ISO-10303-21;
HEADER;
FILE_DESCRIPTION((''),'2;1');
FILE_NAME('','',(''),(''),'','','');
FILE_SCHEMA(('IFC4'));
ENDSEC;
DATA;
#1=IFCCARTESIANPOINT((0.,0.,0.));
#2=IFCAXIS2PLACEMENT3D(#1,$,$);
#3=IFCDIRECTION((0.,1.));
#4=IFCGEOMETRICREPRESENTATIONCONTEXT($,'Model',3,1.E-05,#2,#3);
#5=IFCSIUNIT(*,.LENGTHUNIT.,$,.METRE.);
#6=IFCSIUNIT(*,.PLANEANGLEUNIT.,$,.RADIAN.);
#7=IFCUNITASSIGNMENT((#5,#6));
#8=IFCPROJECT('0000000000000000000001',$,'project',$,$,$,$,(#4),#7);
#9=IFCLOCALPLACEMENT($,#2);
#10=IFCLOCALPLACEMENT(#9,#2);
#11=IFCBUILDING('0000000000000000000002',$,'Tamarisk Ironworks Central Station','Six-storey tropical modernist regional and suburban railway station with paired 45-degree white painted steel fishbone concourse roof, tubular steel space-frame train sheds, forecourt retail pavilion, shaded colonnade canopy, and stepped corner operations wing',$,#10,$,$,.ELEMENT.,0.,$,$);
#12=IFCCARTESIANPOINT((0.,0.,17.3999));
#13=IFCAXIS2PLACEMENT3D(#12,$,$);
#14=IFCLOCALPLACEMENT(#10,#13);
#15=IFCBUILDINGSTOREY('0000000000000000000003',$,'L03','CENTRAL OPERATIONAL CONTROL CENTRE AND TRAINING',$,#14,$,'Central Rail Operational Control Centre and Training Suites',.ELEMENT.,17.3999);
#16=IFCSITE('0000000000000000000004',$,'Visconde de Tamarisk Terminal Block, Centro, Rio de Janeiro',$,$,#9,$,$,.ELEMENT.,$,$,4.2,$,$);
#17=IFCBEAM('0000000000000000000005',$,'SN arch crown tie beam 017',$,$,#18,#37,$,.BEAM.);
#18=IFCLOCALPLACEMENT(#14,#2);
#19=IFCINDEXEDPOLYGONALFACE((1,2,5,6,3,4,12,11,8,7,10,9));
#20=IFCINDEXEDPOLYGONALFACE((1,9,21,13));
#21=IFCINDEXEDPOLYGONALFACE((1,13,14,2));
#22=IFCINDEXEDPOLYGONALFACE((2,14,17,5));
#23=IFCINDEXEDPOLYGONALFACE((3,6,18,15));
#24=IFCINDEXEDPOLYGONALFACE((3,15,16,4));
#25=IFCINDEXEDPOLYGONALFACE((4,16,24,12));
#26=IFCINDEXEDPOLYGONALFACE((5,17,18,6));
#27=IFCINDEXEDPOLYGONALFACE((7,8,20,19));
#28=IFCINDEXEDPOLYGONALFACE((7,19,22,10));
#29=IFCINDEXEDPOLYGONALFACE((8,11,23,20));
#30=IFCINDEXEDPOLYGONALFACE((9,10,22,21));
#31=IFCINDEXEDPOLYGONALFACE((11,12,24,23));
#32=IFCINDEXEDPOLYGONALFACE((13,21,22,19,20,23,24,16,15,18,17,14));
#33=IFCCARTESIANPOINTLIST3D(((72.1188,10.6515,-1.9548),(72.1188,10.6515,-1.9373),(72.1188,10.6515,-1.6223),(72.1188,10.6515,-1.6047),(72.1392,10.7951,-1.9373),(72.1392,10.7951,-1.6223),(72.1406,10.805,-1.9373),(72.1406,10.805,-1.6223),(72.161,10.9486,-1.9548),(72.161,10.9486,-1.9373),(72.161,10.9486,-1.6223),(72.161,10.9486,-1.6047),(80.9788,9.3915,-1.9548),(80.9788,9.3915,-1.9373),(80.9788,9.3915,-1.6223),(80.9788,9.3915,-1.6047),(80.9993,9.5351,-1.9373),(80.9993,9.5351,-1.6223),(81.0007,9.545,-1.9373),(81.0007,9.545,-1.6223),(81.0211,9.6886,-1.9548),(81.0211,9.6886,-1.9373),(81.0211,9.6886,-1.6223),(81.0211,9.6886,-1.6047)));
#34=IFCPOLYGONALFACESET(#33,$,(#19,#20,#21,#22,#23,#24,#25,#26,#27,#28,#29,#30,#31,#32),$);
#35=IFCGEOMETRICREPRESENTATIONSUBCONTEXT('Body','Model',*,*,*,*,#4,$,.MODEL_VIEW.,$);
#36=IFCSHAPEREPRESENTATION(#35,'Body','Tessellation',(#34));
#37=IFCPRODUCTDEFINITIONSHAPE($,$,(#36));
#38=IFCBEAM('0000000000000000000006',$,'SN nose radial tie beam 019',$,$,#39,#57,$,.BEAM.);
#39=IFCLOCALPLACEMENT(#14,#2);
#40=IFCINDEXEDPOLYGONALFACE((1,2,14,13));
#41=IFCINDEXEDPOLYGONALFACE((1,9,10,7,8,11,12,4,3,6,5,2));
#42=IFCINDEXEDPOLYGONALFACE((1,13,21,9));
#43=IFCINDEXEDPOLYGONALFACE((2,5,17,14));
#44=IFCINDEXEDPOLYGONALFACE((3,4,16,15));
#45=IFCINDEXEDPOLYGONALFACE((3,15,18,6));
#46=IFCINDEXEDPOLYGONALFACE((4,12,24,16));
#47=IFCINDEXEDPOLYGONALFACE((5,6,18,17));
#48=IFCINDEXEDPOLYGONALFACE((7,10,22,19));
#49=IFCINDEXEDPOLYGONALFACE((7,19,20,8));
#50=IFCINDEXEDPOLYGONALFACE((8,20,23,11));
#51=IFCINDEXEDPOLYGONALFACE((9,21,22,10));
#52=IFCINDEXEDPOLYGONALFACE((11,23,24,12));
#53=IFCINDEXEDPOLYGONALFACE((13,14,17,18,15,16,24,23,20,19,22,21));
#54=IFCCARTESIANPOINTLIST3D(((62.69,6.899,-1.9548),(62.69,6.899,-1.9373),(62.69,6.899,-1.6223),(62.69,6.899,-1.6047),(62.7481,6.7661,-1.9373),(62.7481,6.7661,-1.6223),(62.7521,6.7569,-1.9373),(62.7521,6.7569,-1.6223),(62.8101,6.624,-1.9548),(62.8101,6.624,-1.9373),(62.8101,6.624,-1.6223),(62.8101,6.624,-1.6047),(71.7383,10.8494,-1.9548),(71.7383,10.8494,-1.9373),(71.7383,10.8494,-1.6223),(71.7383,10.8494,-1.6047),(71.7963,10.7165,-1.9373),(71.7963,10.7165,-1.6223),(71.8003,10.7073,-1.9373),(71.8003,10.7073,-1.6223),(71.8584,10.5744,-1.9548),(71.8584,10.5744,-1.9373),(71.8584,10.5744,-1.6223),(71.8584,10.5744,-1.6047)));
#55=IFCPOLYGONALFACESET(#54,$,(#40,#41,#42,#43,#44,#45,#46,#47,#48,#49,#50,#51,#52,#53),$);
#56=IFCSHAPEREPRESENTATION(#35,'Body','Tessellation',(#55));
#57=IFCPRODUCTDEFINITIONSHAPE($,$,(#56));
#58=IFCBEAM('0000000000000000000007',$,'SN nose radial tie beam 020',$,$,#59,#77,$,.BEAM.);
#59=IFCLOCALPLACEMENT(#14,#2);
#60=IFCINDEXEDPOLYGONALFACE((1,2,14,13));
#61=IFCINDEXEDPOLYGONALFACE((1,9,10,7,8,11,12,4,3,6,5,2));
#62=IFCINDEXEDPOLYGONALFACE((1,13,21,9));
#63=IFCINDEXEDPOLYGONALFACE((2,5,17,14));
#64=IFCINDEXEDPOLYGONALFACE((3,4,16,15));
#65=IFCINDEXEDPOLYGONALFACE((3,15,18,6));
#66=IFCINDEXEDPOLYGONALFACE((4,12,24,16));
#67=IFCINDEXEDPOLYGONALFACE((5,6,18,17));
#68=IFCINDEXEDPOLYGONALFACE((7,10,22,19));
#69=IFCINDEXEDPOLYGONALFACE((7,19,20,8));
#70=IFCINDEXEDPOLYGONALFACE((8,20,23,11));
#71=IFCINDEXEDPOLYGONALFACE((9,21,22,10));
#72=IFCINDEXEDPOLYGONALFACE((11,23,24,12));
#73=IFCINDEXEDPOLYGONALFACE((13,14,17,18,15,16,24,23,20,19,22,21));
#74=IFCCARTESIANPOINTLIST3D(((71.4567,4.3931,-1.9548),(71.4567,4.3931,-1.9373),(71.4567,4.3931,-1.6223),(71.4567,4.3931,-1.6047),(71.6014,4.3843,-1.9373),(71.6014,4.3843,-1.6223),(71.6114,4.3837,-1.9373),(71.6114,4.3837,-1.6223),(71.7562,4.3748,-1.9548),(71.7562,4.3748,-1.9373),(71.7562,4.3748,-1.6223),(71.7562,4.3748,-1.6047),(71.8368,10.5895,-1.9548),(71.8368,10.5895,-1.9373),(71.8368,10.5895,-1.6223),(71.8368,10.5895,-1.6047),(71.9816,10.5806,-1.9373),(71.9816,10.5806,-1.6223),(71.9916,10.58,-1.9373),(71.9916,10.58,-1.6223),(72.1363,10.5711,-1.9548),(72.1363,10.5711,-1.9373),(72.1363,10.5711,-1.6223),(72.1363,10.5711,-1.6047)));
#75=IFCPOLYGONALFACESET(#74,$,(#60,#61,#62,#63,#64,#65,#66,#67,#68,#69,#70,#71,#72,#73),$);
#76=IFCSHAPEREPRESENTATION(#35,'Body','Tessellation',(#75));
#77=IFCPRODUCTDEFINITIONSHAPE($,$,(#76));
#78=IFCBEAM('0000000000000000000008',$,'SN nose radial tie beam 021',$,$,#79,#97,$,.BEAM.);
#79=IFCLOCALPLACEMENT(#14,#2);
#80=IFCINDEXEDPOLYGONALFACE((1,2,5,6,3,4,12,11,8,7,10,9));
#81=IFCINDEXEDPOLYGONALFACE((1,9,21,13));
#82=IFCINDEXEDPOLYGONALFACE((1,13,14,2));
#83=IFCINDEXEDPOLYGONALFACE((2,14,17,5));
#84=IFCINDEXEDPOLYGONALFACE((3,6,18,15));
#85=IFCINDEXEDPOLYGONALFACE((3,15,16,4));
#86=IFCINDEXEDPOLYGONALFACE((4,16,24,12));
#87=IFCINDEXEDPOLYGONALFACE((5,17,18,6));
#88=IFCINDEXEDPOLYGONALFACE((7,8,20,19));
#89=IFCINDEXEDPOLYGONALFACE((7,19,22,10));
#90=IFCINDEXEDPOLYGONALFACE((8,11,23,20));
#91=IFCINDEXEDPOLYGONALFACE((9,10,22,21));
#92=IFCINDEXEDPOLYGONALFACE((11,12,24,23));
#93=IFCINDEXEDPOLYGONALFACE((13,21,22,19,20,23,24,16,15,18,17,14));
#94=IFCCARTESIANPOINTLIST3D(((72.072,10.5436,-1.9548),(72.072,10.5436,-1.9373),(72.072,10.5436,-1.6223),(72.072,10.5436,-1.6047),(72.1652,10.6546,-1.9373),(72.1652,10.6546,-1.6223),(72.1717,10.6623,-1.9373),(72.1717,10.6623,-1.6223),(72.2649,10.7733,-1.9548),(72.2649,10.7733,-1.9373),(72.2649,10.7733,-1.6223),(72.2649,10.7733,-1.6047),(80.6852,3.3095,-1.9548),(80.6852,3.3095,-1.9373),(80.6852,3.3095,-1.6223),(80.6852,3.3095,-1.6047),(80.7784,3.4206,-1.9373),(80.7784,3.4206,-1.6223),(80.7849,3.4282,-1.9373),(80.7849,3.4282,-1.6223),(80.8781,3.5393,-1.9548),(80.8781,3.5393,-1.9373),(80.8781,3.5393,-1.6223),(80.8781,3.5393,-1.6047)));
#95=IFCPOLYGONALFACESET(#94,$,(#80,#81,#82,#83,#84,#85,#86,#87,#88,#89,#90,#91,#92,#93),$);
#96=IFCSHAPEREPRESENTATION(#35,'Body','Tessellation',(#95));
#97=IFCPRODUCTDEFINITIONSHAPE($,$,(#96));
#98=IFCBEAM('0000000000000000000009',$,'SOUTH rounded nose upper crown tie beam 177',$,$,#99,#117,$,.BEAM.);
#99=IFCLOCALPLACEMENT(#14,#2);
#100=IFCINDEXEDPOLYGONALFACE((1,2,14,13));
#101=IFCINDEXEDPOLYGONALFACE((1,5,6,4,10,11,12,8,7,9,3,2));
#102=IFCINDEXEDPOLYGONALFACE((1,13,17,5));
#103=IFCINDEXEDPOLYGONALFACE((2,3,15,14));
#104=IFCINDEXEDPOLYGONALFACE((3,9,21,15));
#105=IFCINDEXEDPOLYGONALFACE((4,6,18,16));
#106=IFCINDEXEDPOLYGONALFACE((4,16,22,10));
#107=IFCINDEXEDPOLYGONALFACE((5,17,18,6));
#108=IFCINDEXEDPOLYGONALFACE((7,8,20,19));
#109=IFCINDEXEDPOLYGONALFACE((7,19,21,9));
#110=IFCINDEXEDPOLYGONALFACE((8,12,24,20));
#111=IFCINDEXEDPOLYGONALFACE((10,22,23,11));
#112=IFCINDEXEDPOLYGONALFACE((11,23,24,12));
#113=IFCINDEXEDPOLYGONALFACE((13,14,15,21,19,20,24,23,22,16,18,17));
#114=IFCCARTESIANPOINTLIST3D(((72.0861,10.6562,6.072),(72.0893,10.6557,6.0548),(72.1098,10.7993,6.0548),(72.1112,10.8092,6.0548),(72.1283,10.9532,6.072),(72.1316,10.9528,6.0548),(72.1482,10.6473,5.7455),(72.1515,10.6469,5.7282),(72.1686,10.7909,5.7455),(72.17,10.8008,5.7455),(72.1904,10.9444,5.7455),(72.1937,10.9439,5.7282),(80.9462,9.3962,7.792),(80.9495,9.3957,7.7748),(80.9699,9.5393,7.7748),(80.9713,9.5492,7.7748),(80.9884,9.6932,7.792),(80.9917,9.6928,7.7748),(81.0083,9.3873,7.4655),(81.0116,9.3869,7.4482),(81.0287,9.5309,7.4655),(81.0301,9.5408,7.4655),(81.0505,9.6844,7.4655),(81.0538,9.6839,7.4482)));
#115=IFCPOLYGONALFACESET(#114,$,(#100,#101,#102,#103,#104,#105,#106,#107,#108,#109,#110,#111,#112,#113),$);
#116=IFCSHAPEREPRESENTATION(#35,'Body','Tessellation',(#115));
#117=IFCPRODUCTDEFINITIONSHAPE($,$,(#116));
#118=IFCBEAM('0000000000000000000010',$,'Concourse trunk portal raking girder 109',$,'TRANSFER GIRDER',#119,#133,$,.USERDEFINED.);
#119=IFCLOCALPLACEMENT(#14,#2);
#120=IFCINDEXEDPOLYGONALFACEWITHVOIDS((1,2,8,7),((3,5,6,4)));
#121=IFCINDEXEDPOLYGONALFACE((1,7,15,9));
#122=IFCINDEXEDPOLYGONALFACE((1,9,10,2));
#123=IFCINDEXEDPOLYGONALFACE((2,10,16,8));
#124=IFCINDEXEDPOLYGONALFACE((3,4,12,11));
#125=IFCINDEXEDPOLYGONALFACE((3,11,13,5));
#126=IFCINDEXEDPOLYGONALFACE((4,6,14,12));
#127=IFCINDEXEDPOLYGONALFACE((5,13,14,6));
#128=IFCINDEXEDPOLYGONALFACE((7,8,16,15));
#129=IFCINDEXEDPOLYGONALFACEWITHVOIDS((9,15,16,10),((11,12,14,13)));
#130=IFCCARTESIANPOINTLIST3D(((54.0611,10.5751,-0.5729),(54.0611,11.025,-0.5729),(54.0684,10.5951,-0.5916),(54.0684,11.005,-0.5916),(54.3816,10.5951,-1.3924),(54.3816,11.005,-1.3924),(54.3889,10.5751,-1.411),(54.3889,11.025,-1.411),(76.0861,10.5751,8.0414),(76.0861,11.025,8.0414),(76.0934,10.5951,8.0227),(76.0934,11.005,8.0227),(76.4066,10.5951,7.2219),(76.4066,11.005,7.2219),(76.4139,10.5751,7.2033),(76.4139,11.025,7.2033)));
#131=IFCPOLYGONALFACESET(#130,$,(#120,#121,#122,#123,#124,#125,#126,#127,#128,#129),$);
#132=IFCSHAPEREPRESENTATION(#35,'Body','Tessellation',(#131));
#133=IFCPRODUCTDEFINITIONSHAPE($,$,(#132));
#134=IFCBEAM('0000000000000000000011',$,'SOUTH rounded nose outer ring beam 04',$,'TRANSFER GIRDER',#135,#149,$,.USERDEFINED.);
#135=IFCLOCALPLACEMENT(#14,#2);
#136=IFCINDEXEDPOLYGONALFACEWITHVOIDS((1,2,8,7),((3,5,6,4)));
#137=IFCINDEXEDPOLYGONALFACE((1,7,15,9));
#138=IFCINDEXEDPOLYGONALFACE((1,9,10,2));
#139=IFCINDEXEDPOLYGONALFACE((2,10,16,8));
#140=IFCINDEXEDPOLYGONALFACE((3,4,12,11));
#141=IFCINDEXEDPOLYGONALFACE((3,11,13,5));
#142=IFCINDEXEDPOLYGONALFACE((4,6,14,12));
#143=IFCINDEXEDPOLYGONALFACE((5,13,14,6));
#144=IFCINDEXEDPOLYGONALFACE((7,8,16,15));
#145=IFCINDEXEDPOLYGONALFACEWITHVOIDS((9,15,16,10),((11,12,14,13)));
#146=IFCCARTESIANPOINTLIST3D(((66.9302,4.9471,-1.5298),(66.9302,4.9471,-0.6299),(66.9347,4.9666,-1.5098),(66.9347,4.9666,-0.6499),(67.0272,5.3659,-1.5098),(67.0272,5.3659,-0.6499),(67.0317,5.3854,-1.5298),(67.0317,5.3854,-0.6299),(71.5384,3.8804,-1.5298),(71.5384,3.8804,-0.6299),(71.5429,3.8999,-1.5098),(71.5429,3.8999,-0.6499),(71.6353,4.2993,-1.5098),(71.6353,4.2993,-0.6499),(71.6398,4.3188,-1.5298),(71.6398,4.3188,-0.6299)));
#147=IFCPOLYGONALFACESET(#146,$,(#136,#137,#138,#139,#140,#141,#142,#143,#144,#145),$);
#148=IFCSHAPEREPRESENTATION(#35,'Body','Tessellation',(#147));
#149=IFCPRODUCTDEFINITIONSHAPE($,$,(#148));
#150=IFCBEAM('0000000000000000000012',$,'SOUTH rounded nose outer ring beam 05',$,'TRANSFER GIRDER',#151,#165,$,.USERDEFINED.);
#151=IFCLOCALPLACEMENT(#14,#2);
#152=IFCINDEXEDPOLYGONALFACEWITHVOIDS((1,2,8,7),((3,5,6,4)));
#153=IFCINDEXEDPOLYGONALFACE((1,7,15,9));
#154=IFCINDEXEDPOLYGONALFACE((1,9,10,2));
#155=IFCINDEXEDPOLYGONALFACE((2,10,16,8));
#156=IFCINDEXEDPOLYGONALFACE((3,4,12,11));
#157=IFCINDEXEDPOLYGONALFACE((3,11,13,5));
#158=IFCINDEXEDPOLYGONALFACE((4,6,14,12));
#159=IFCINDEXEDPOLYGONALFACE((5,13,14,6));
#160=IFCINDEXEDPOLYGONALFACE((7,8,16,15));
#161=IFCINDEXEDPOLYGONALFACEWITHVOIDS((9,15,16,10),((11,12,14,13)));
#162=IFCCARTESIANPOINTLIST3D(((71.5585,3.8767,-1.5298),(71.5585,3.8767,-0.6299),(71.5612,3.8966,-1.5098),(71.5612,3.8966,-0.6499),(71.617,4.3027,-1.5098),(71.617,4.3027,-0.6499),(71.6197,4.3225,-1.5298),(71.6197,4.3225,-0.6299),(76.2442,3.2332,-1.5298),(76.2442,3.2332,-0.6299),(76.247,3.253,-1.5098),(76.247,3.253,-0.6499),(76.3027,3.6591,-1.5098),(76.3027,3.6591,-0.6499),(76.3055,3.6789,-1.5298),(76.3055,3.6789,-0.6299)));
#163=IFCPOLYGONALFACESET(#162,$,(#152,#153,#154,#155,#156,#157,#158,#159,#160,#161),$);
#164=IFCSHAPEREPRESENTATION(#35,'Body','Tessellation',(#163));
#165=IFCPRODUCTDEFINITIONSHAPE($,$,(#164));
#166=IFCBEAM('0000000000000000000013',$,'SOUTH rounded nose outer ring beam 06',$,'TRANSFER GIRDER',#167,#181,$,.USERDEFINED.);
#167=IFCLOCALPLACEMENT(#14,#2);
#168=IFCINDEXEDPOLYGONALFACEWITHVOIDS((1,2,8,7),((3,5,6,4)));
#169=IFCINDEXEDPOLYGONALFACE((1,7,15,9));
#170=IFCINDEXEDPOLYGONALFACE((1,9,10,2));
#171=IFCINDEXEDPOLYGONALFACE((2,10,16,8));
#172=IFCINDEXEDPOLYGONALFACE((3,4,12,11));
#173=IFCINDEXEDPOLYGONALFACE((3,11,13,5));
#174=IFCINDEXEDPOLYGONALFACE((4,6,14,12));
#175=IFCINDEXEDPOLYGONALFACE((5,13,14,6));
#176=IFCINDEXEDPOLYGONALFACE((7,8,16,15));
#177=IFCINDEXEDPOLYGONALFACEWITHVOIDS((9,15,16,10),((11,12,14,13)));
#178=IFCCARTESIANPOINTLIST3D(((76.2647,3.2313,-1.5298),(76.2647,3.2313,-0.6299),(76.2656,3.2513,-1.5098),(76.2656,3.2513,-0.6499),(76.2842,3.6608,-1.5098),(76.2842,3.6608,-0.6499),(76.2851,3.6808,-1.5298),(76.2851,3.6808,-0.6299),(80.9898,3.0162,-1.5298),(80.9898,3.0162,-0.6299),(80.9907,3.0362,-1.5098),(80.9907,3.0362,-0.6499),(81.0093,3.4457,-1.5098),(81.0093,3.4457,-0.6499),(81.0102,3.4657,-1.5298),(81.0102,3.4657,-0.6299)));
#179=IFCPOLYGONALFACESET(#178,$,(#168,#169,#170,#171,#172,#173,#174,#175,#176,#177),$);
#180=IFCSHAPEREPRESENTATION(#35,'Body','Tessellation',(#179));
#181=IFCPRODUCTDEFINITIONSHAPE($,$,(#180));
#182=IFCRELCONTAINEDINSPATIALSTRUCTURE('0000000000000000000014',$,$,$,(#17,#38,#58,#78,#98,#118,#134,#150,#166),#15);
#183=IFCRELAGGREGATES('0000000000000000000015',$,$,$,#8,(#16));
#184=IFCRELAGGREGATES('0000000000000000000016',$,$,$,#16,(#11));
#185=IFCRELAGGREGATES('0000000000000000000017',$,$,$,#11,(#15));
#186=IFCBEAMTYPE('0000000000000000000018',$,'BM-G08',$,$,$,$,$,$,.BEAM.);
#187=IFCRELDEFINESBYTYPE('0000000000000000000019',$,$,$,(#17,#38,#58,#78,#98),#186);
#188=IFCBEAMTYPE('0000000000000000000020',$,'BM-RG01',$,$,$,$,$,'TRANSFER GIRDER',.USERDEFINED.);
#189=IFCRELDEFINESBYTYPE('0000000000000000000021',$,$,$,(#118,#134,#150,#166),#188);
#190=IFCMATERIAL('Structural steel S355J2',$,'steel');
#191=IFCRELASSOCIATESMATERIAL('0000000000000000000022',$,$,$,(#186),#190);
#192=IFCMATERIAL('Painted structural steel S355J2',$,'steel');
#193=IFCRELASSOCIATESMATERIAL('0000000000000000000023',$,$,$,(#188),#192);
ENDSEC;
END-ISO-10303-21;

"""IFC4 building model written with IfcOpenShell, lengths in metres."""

from ifc_helpers import new_model, si_unit, direction, frame, origin, origin_2d, place, context, subcontext, project, spatial, hollow_rectangle, i_section, extrude, material, material_profile, profile_set, type_object, element, save


model = new_model("IFC4")

# Units and contexts
model_context = context("Model", 3, precision=1e-05, world=origin(), true_north=direction((0.0, 1.0)))
body_context = subcontext(model_context, "Body", "Model", "MODEL_VIEW")
ifc_project = project(units=[si_unit("LENGTHUNIT", "METRE"), si_unit("PLANEANGLEUNIT", "RADIAN")], contexts=[model_context])

# Site, building, storey
site_placement = place(None, origin())
site = spatial("IfcSite", under=ifc_project, at=site_placement, Name="Visconde de Tamarisk Terminal Block, Centro, Rio de Janeiro", CompositionType="ELEMENT", RefElevation=4.2)
building_placement = place(site_placement, origin())
building = spatial("IfcBuilding", under=site, at=building_placement, Name="Tamarisk Ironworks Central Station", Description="Six-storey tropical modernist regional and suburban railway station with paired 45-degree white painted steel fishbone concourse roof, tubular steel space-frame train sheds, forecourt retail pavilion, shaded colonnade canopy, and stepped corner operations wing", CompositionType="ELEMENT", ElevationOfRefHeight=0.0)
storey_placement = place(building_placement, frame((0.0, 0.0, 17.3999)))
storey = spatial("IfcBuildingStorey", under=building, at=storey_placement, Name="L03", Description="CENTRAL OPERATIONAL CONTROL CENTRE AND TRAINING", LongName="Central Rail Operational Control Centre and Training Suites", CompositionType="ELEMENT", Elevation=17.3999)

# Shared definitions
ifc_material_1 = material(Name="Structural steel S355J2", Category="steel")

# Beams
ifc_material_2 = material(Name="Painted structural steel S355J2", Category="steel")
ifc_material_profile_1 = material_profile(ifc_material_1, i_section(OverallWidth=0.3, OverallDepth=0.3501, WebThickness=0.01, FlangeThickness=0.0176, at=origin_2d()), Name="HEA 360")
ifc_profile_set_1 = profile_set([ifc_material_profile_1], Name="Structural steel S355J2")
beam_type_1 = type_object("IfcBeamType", Name="BM-G08", PredefinedType="BEAM", material=ifc_profile_set_1)
beam_1_placement = place(storey_placement, frame((72.1399, 10.8, -1.7798), z_axis=(0.990039, -0.140795, 0.0), x_axis=(0.140795, 0.990039, 0.0)))
element("IfcBeam", 1, at=beam_1_placement, inside=storey, type_object=beam_type_1, Name="SN arch crown tie beam 017", PredefinedType="BEAM", context=body_context, shape_type="SweptSolid", body=[
    extrude(i_section(OverallWidth=0.3, OverallDepth=0.3501, WebThickness=0.01, FlangeThickness=0.0176, at=origin_2d()), origin(), (0.0, 0.0, 1.0), 8.9492),
])
beam_2_placement = place(storey_placement, frame((71.7983, 10.7119, -1.7798), z_axis=(-0.916462, -0.400121, 0.0), x_axis=(0.400121, -0.916462, 0.0)))
element("IfcBeam", 2, at=beam_2_placement, inside=storey, type_object=beam_type_1, Name="SN nose radial tie beam 019", PredefinedType="BEAM", context=body_context, shape_type="SweptSolid", body=[
    extrude(i_section(OverallWidth=0.3, OverallDepth=0.3501, WebThickness=0.01, FlangeThickness=0.0176, at=origin_2d()), origin(), (0.0, 0.0, 1.0), 9.873),
])
beam_3_placement = place(storey_placement, frame((71.9866, 10.5803, -1.7798), z_axis=(-0.061232, -0.998124, 0.0), x_axis=(0.998124, -0.061232, 0.0)))
element("IfcBeam", 3, at=beam_3_placement, inside=storey, type_object=beam_type_1, Name="SN nose radial tie beam 020", PredefinedType="BEAM", context=body_context, shape_type="SweptSolid", body=[
    extrude(i_section(OverallWidth=0.3, OverallDepth=0.3501, WebThickness=0.01, FlangeThickness=0.0176, at=origin_2d()), origin(), (0.0, 0.0, 1.0), 6.208),
])
beam_4_placement = place(storey_placement, frame((72.1685, 10.6584, -1.7798), z_axis=(0.76575, -0.643139, 0.0), x_axis=(0.643139, 0.76575, 0.0)))
element("IfcBeam", 4, at=beam_4_placement, inside=storey, type_object=beam_type_1, Name="SN nose radial tie beam 021", PredefinedType="BEAM", context=body_context, shape_type="SweptSolid", body=[
    extrude(i_section(OverallWidth=0.3, OverallDepth=0.3501, WebThickness=0.01, FlangeThickness=0.0176, at=origin_2d()), origin(), (0.0, 0.0, 1.0), 11.248),
])
beam_5_placement = place(storey_placement, frame((72.1399, 10.8, 5.9001), z_axis=(0.972245, -0.138265, 0.188737), x_axis=(0.140795, 0.990039, 0.0)))
element("IfcBeam", 5, at=beam_5_placement, inside=storey, type_object=beam_type_1, Name="SOUTH rounded nose upper crown tie beam 177", PredefinedType="BEAM", context=body_context, shape_type="SweptSolid", body=[
    extrude(i_section(OverallWidth=0.3, OverallDepth=0.3501, WebThickness=0.01, FlangeThickness=0.0176, at=origin_2d()), origin(), (0.0, 0.0, 1.0), 9.113),
])
ifc_material_profile_2 = material_profile(ifc_material_2, hollow_rectangle(XDim=0.45, YDim=0.8999, WallThickness=0.02, at=origin_2d()), Name="BOX 450x900x20")
ifc_profile_set_2 = profile_set([ifc_material_profile_2], Name="Painted structural steel S355J2")
beam_type_2 = type_object("IfcBeamType", Name="BM-RG01", ElementType="TRANSFER GIRDER", PredefinedType="USERDEFINED", material=ifc_profile_set_2)
beam_6_placement = place(storey_placement, frame((76.25, 10.8, 7.6223), z_axis=(-0.931303, 0.0, -0.364246), x_axis=(0.0, -1.0, 0.0)))
element("IfcBeam", 6, at=beam_6_placement, inside=storey, type_object=beam_type_2, Name="Concourse trunk portal raking girder 109", ObjectType="TRANSFER GIRDER", PredefinedType="USERDEFINED", context=body_context, shape_type="SweptSolid", body=[
    extrude(hollow_rectangle(XDim=0.45, YDim=0.8999, WallThickness=0.02, at=origin_2d()), origin(), (0.0, 0.0, 1.0), 23.6497),
])
beam_7_placement = place(storey_placement, frame((66.981, 5.1663, -1.0798), z_axis=(0.974241, -0.225508, 0.0), x_axis=(0.225508, 0.974241, 0.0)))
element("IfcBeam", 7, at=beam_7_placement, inside=storey, type_object=beam_type_2, Name="SOUTH rounded nose outer ring beam 04", ObjectType="TRANSFER GIRDER", PredefinedType="USERDEFINED", context=body_context, shape_type="SweptSolid", body=[
    extrude(hollow_rectangle(XDim=0.45, YDim=0.8999, WallThickness=0.02, at=origin_2d()), origin(), (0.0, 0.0, 1.0), 4.73),
])
beam_8_placement = place(storey_placement, frame((71.5891, 4.0996, -1.0798), z_axis=(0.9907, -0.136064, 0.0), x_axis=(0.136064, 0.9907, 0.0)))
element("IfcBeam", 8, at=beam_8_placement, inside=storey, type_object=beam_type_2, Name="SOUTH rounded nose outer ring beam 05", ObjectType="TRANSFER GIRDER", PredefinedType="USERDEFINED", context=body_context, shape_type="SweptSolid", body=[
    extrude(hollow_rectangle(XDim=0.45, YDim=0.8999, WallThickness=0.02, at=origin_2d()), origin(), (0.0, 0.0, 1.0), 4.7297),
])
beam_9_placement = place(storey_placement, frame((76.2749, 3.4561, -1.0798), z_axis=(0.998966, -0.045473, 0.0), x_axis=(0.045473, 0.998966, 0.0)))
element("IfcBeam", 9, at=beam_9_placement, inside=storey, type_object=beam_type_2, Name="SOUTH rounded nose outer ring beam 06", ObjectType="TRANSFER GIRDER", PredefinedType="USERDEFINED", context=body_context, shape_type="SweptSolid", body=[
    extrude(hollow_rectangle(XDim=0.45, YDim=0.8999, WallThickness=0.02, at=origin_2d()), origin(), (0.0, 0.0, 1.0), 4.73),
])

save(model, "model.ifc")
